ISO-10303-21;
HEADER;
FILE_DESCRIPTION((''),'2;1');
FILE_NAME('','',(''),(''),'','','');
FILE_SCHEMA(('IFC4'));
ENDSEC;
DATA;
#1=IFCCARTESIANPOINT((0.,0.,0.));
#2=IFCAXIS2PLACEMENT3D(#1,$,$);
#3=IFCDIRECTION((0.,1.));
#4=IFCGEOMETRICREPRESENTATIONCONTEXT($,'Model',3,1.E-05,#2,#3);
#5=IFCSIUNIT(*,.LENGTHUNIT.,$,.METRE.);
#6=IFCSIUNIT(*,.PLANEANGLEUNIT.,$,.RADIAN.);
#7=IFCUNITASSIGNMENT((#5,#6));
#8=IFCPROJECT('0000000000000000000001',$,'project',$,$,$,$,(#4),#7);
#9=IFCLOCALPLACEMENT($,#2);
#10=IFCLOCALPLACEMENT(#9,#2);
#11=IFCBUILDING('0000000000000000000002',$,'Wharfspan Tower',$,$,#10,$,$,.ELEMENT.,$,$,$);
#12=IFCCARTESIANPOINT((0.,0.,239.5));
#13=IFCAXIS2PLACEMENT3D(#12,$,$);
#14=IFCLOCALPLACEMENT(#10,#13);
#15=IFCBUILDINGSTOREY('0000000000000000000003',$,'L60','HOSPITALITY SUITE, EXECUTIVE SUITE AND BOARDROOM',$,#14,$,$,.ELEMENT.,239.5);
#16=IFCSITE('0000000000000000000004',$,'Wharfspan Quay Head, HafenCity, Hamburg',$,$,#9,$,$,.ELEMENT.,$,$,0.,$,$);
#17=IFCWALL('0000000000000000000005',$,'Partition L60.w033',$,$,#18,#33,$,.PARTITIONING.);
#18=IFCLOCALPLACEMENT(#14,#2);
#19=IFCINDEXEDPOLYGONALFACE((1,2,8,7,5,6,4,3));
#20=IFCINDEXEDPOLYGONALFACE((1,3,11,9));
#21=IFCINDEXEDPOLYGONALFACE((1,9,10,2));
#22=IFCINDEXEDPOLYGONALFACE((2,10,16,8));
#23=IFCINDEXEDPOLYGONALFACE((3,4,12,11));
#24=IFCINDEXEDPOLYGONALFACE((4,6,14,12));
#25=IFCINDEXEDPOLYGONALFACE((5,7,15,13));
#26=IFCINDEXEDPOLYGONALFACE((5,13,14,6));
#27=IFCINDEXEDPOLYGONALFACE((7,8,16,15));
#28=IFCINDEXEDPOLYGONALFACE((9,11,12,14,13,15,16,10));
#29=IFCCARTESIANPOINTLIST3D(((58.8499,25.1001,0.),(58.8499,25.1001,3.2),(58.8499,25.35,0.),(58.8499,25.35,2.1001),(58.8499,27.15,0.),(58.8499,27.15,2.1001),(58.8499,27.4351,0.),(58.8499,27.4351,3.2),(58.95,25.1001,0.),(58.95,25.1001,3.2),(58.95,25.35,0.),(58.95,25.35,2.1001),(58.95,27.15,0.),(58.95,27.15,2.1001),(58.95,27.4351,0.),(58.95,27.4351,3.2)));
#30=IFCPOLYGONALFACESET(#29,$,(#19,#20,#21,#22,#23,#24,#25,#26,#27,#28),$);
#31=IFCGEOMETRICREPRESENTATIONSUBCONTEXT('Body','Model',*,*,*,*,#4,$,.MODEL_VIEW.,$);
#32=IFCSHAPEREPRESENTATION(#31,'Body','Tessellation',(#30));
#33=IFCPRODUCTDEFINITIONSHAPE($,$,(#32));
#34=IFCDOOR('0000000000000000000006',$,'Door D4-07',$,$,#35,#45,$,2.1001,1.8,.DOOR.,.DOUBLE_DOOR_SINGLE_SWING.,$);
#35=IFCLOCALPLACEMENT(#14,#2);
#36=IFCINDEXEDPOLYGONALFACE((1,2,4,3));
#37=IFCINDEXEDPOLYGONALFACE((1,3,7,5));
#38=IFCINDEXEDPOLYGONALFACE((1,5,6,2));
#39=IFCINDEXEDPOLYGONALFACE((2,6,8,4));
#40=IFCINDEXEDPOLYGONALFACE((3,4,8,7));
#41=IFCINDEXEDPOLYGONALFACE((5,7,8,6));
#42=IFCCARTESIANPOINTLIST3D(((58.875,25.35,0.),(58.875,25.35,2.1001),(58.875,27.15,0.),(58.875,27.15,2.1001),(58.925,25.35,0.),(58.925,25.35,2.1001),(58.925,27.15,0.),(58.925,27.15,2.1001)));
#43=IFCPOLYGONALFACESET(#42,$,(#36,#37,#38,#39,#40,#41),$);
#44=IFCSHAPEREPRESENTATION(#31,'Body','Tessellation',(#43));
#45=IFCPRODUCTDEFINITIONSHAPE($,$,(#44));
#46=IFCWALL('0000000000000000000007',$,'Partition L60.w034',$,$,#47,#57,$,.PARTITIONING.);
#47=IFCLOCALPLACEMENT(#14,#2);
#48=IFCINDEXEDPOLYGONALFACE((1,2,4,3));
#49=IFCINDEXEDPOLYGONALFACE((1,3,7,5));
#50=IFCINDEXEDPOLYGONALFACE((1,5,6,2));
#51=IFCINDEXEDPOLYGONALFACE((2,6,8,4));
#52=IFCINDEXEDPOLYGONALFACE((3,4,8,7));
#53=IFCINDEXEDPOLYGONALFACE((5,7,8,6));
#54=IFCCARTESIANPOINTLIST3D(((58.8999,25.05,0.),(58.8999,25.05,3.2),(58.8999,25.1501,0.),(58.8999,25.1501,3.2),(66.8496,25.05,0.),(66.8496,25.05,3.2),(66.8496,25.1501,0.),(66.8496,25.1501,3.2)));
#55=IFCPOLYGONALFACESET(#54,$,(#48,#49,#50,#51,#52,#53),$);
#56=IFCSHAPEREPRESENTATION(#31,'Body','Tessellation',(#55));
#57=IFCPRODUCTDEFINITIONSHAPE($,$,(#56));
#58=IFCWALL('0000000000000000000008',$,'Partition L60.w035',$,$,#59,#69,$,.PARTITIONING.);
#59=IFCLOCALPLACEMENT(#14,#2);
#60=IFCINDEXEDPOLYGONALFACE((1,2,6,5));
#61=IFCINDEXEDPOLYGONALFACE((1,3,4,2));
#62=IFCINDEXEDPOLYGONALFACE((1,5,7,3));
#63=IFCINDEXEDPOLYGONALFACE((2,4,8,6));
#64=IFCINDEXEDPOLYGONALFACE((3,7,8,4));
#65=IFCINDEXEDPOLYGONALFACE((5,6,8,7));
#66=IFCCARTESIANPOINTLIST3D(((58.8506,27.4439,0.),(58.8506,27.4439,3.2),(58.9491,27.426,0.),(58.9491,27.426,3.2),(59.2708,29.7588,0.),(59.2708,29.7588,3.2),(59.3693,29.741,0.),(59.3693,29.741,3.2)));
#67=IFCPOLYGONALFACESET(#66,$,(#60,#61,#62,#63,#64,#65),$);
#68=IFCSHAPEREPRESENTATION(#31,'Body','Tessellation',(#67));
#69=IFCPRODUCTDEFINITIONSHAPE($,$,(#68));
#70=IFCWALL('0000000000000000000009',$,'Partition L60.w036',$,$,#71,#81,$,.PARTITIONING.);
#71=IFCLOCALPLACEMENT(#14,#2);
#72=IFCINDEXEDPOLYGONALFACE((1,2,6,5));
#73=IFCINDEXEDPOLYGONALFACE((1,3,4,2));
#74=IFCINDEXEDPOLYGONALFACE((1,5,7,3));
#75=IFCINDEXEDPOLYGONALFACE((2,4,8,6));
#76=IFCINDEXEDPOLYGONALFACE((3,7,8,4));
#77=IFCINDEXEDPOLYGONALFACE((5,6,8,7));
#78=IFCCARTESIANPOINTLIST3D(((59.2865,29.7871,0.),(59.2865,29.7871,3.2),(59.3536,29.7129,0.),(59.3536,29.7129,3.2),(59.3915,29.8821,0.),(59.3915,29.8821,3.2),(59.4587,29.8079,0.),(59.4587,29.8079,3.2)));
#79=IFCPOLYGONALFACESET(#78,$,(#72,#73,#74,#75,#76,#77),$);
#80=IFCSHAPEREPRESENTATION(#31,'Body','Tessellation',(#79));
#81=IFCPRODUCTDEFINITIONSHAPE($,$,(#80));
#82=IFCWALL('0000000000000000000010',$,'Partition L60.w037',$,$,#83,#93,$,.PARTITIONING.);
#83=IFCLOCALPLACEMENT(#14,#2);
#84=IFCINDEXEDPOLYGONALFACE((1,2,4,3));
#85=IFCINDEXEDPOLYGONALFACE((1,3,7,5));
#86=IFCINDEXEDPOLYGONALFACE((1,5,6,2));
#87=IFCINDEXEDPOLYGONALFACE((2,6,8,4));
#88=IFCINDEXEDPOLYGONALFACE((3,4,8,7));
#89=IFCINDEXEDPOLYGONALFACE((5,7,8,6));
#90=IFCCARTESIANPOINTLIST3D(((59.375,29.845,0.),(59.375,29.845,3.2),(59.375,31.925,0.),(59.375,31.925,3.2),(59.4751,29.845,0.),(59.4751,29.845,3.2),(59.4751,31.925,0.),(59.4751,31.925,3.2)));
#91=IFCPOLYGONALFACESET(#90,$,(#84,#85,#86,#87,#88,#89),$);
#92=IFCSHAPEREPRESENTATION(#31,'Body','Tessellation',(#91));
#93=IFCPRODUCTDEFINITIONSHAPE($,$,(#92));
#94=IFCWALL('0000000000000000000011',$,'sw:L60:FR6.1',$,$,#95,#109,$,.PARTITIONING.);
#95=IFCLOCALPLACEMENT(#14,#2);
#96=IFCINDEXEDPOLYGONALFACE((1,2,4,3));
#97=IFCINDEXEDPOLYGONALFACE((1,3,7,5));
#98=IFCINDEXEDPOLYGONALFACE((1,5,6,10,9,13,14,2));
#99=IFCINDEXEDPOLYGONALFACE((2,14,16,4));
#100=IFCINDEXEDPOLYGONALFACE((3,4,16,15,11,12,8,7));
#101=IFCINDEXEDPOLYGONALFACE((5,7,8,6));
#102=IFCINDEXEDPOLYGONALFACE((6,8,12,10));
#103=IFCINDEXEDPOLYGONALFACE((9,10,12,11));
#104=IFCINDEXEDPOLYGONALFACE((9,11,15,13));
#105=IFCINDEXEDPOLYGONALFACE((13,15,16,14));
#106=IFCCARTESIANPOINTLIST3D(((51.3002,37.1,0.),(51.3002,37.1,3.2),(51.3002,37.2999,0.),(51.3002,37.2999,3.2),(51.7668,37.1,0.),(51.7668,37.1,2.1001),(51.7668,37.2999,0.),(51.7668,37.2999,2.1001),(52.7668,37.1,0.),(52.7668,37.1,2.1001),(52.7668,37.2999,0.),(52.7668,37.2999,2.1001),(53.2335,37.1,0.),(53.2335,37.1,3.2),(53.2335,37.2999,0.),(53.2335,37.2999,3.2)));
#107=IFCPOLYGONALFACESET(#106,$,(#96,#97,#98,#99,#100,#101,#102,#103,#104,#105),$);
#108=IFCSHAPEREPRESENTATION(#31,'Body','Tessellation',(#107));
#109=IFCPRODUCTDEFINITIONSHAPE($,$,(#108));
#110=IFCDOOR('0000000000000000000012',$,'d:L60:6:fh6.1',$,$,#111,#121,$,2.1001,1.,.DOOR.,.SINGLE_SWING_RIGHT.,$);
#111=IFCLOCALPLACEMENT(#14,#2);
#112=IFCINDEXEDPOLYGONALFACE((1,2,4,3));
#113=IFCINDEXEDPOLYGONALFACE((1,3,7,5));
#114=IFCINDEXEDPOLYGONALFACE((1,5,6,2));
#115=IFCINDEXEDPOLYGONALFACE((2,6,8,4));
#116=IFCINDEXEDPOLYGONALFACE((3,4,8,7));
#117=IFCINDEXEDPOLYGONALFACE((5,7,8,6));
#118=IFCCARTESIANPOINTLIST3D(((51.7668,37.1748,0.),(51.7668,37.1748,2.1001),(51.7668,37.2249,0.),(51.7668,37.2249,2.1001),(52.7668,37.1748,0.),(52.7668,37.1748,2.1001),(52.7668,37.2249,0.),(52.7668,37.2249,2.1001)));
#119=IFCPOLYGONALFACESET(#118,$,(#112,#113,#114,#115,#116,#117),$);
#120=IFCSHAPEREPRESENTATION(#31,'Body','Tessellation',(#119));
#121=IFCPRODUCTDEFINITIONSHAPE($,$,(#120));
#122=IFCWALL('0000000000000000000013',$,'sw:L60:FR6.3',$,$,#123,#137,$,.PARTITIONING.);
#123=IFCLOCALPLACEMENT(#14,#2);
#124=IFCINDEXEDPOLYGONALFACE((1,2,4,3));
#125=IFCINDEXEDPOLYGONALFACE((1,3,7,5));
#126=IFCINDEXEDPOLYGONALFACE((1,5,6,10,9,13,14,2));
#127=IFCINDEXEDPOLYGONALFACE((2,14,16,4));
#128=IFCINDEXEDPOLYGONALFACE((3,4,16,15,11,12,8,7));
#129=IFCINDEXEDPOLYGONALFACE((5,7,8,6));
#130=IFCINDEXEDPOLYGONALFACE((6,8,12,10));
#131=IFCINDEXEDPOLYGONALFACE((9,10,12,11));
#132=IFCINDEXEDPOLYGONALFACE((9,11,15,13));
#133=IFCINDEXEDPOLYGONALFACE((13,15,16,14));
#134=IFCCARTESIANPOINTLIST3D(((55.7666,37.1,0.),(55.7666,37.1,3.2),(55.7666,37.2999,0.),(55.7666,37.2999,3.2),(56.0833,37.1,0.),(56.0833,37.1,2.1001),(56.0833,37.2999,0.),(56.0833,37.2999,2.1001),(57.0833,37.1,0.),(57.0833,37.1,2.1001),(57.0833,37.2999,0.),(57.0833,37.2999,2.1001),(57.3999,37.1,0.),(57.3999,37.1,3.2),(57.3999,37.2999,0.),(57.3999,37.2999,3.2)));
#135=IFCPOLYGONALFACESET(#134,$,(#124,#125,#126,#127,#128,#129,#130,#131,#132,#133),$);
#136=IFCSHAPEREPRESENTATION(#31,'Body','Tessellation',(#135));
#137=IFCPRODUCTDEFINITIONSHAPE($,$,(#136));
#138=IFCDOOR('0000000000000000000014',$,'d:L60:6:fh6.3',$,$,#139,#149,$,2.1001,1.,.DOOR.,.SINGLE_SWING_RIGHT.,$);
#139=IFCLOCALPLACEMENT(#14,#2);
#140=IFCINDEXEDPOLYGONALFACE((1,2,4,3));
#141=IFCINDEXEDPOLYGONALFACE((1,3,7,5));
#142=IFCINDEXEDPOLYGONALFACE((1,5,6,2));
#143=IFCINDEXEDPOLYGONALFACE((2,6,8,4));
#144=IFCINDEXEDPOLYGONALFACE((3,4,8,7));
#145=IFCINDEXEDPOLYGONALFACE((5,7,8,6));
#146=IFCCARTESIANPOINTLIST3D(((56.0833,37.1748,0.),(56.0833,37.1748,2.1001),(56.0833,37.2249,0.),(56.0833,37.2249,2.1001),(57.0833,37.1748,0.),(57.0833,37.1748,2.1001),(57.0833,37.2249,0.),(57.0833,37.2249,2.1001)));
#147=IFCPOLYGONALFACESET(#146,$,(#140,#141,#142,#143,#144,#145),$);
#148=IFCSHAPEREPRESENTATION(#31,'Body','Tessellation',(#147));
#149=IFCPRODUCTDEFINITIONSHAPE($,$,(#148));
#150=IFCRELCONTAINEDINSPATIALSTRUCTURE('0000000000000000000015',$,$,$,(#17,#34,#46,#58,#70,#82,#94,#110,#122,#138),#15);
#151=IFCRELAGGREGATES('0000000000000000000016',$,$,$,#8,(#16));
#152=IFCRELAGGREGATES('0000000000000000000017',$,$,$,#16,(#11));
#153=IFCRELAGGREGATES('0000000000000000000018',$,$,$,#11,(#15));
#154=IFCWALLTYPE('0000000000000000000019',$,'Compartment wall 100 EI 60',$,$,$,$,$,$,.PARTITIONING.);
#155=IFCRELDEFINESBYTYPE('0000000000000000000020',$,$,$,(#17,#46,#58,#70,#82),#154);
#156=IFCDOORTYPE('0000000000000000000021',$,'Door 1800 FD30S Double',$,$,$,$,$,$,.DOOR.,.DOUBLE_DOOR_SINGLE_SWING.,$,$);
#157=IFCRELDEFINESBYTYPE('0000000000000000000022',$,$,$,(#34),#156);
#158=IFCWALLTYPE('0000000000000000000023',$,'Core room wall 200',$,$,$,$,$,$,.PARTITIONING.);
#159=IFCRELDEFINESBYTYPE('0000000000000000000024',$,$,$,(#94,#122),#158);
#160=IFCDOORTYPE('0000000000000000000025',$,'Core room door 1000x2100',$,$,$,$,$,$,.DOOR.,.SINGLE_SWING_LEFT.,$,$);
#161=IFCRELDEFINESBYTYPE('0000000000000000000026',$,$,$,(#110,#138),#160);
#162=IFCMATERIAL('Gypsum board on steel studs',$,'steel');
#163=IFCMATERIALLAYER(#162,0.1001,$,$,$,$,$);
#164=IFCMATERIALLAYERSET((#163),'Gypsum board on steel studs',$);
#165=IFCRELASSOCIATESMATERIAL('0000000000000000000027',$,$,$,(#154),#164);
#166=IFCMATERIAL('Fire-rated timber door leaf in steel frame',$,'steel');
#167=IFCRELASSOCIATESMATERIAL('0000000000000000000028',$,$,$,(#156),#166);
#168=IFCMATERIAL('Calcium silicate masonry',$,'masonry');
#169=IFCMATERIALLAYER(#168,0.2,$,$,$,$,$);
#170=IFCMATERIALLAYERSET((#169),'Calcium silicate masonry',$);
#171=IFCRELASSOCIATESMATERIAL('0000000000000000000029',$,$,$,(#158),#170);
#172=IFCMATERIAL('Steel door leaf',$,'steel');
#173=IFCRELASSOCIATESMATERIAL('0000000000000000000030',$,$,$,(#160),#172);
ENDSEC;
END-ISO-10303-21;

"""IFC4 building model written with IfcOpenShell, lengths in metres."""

from ifc_helpers import new_model, si_unit, direction, frame, frame_2d, origin, place, context, subcontext, project, spatial, rectangle, extrude, material, layer, layer_set, type_object, element, fill, save


model = new_model("IFC4")

# Units and contexts
model_context = context("Model", 3, precision=1e-05, world=origin(), true_north=direction((0.0, 1.0)))
body_context = subcontext(model_context, "Body", "Model", "MODEL_VIEW")
ifc_project = project(units=[si_unit("LENGTHUNIT", "METRE"), si_unit("PLANEANGLEUNIT", "RADIAN")], contexts=[model_context])

# Site, building, storey
site_placement = place(None, origin())
site = spatial("IfcSite", under=ifc_project, at=site_placement, Name="Wharfspan Quay Head, HafenCity, Hamburg", CompositionType="ELEMENT", RefElevation=0.0)
building_placement = place(site_placement, origin())
building = spatial("IfcBuilding", under=site, at=building_placement, Name="Wharfspan Tower", CompositionType="ELEMENT")
storey_placement = place(building_placement, frame((0.0, 0.0, 239.5)))
storey = spatial("IfcBuildingStorey", under=building, at=storey_placement, Name="L60", Description="HOSPITALITY SUITE, EXECUTIVE SUITE AND BOARDROOM", CompositionType="ELEMENT", Elevation=239.5)

# Shared definitions
ifc_material_1 = material(Name="Gypsum board on steel studs", Category="steel")
ifc_layer_1 = layer(ifc_material_1, 0.1001)
ifc_layer_set_1 = layer_set([ifc_layer_1], Name="Gypsum board on steel studs")
wall_type_1 = type_object("IfcWallType", Name="Compartment wall 100 EI 60", PredefinedType="PARTITIONING", material=ifc_layer_set_1)
ifc_material_2 = material(Name="Fire-rated timber door leaf in steel frame", Category="steel")

# Wall, opening, door
wall_1_placement = place(storey_placement, frame((58.8999, 25.1001, 0.0), z_axis=(0.0, 0.0, 1.0), x_axis=(0.0, 1.0, 0.0)))
wall_1 = element("IfcWall", 1, at=wall_1_placement, inside=storey, type_object=wall_type_1, Name="Partition L60.w033", PredefinedType="PARTITIONING", context=body_context, shape_type="SweptSolid", body=[
    extrude(rectangle(XDim=2.335, YDim=0.1001, at=frame_2d((1.1675, 0.0))), origin(), (0.0, 0.0, 1.0), 3.2),
])
opening_1_placement = place(wall_1_placement, frame((0.25, 0.0, 0.0)))
opening_1 = element("IfcOpeningElement", 2, at=opening_1_placement, cuts=wall_1, PredefinedType="OPENING", context=body_context, shape_type="SweptSolid", body=[
    extrude(rectangle(XDim=1.8, YDim=2.1001, at=frame_2d((0.8999, 1.05))), frame((0.0, 0.0601, 0.0), z_axis=(0.0, -1.0, 0.0), x_axis=(1.0, 0.0, 0.0)), (0.0, 0.0, 1.0), 0.1201),
])
door_type_1 = type_object("IfcDoorType", Name="Door 1800 FD30S Double", OperationType="DOUBLE_DOOR_SINGLE_SWING", PredefinedType="DOOR", material=ifc_material_2)
door_1_placement = place(opening_1_placement, origin())
door_1 = element("IfcDoor", 3, at=door_1_placement, inside=storey, type_object=door_type_1, Name="Door D4-07", OperationType="DOUBLE_DOOR_SINGLE_SWING", OverallHeight=2.1001, OverallWidth=1.8, PredefinedType="DOOR", context=body_context, shape_type="SweptSolid", body=[
    extrude(rectangle(XDim=1.8, YDim=2.1001, at=frame_2d((0.8999, 1.05))), frame((0.0, 0.0249, 0.0), z_axis=(0.0, -1.0, 0.0), x_axis=(1.0, 0.0, 0.0)), (0.0, 0.0, 1.0), 0.05),
])
fill(opening_1, door_1)

# Walls
wall_2_placement = place(storey_placement, frame((58.8999, 25.1001, 0.0), z_axis=(0.0, 0.0, 1.0), x_axis=(1.0, 0.0, 0.0)))
element("IfcWall", 4, at=wall_2_placement, inside=storey, type_object=wall_type_1, Name="Partition L60.w034", PredefinedType="PARTITIONING", context=body_context, shape_type="SweptSolid", body=[
    extrude(rectangle(XDim=7.9497, YDim=0.1001, at=frame_2d((3.9749, 0.0))), origin(), (0.0, 0.0, 1.0), 3.2),
])
wall_3_placement = place(storey_placement, frame((58.8999, 27.4351, 0.0), z_axis=(0.0, 0.0, 1.0), x_axis=(0.178584, 0.983924, 0.0)))
element("IfcWall", 5, at=wall_3_placement, inside=storey, type_object=wall_type_1, Name="Partition L60.w035", PredefinedType="PARTITIONING", context=body_context, shape_type="SweptSolid", body=[
    extrude(rectangle(XDim=2.3528, YDim=0.1001, at=frame_2d((1.1763, 0.0))), origin(), (0.0, 0.0, 1.0), 3.2),
])
wall_4_placement = place(storey_placement, frame((59.3201, 29.75, 0.0), z_axis=(0.0, 0.0, 1.0), x_axis=(0.741581, 0.670872, 0.0)))
element("IfcWall", 6, at=wall_4_placement, inside=storey, type_object=wall_type_1, Name="Partition L60.w036", PredefinedType="PARTITIONING", context=body_context, shape_type="SweptSolid", body=[
    extrude(rectangle(XDim=0.1416, YDim=0.1001, at=frame_2d((0.0708, 0.0))), origin(), (0.0, 0.0, 1.0), 3.2),
])
wall_5_placement = place(storey_placement, frame((59.425, 29.845, 0.0), z_axis=(0.0, 0.0, 1.0), x_axis=(0.0, 1.0, 0.0)))
element("IfcWall", 7, at=wall_5_placement, inside=storey, type_object=wall_type_1, Name="Partition L60.w037", PredefinedType="PARTITIONING", context=body_context, shape_type="SweptSolid", body=[
    extrude(rectangle(XDim=2.0801, YDim=0.1001, at=frame_2d((1.04, 0.0))), origin(), (0.0, 0.0, 1.0), 3.2),
])

# Walls, openings, doors
ifc_material_3 = material(Name="Calcium silicate masonry", Category="masonry")
ifc_layer_2 = layer(ifc_material_3, 0.2)
ifc_layer_set_2 = layer_set([ifc_layer_2], Name="Calcium silicate masonry")
wall_type_2 = type_object("IfcWallType", Name="Core room wall 200", PredefinedType="PARTITIONING", material=ifc_layer_set_2)
wall_6_placement = place(storey_placement, frame((51.3, 37.2, 0.0), z_axis=(0.0, 0.0, 1.0), x_axis=(1.0, 0.0, 0.0)))
wall_6 = element("IfcWall", 8, at=wall_6_placement, inside=storey, type_object=wall_type_2, Name="sw:L60:FR6.1", PredefinedType="PARTITIONING", context=body_context, shape_type="SweptSolid", body=[
    extrude(rectangle(XDim=1.9333, YDim=0.2, at=frame_2d((0.9668, 0.0))), origin(), (0.0, 0.0, 1.0), 3.2),
])
opening_2_placement = place(wall_6_placement, frame((0.4668, 0.0, 0.0)))
opening_2 = element("IfcOpeningElement", 9, at=opening_2_placement, cuts=wall_6, PredefinedType="OPENING", context=body_context, shape_type="SweptSolid", body=[
    extrude(rectangle(XDim=1.0, YDim=2.1001, at=frame_2d((0.5, 1.05))), frame((0.0, 0.1099, 0.0), z_axis=(0.0, -1.0, 0.0), x_axis=(1.0, 0.0, 0.0)), (0.0, 0.0, 1.0), 0.22),
])
ifc_material_4 = material(Name="Steel door leaf", Category="steel")
door_type_2 = type_object("IfcDoorType", Name="Core room door 1000x2100", OperationType="SINGLE_SWING_LEFT", PredefinedType="DOOR", material=ifc_material_4)
door_2_placement = place(opening_2_placement, origin())
door_2 = element("IfcDoor", 10, at=door_2_placement, inside=storey, type_object=door_type_2, Name="d:L60:6:fh6.1", OperationType="SINGLE_SWING_RIGHT", OverallHeight=2.1001, OverallWidth=1.0, PredefinedType="DOOR", context=body_context, shape_type="SweptSolid", body=[
    extrude(rectangle(XDim=1.0, YDim=2.1001, at=frame_2d((0.5, 1.05))), frame((0.0, 0.0249, 0.0), z_axis=(0.0, -1.0, 0.0), x_axis=(1.0, 0.0, 0.0)), (0.0, 0.0, 1.0), 0.05),
])
fill(opening_2, door_2)
wall_7_placement = place(storey_placement, frame((55.7666, 37.2, 0.0), z_axis=(0.0, 0.0, 1.0), x_axis=(1.0, 0.0, 0.0)))
wall_7 = element("IfcWall", 11, at=wall_7_placement, inside=storey, type_object=wall_type_2, Name="sw:L60:FR6.3", PredefinedType="PARTITIONING", context=body_context, shape_type="SweptSolid", body=[
    extrude(rectangle(XDim=1.6333, YDim=0.2, at=frame_2d((0.8166, 0.0))), origin(), (0.0, 0.0, 1.0), 3.2),
])
opening_3_placement = place(wall_7_placement, frame((0.3166, 0.0, 0.0)))
opening_3 = element("IfcOpeningElement", 12, at=opening_3_placement, cuts=wall_7, PredefinedType="OPENING", context=body_context, shape_type="SweptSolid", body=[
    extrude(rectangle(XDim=1.0, YDim=2.1001, at=frame_2d((0.5, 1.05))), frame((0.0, 0.1099, 0.0), z_axis=(0.0, -1.0, 0.0), x_axis=(1.0, 0.0, 0.0)), (0.0, 0.0, 1.0), 0.22),
])
door_3_placement = place(opening_3_placement, origin())
door_3 = element("IfcDoor", 13, at=door_3_placement, inside=storey, type_object=door_type_2, Name="d:L60:6:fh6.3", OperationType="SINGLE_SWING_RIGHT", OverallHeight=2.1001, OverallWidth=1.0, PredefinedType="DOOR", context=body_context, shape_type="SweptSolid", body=[
    extrude(rectangle(XDim=1.0, YDim=2.1001, at=frame_2d((0.5, 1.05))), frame((0.0, 0.0249, 0.0), z_axis=(0.0, -1.0, 0.0), x_axis=(1.0, 0.0, 0.0)), (0.0, 0.0, 1.0), 0.05),
])
fill(opening_3, door_3)

save(model, "model.ifc")
